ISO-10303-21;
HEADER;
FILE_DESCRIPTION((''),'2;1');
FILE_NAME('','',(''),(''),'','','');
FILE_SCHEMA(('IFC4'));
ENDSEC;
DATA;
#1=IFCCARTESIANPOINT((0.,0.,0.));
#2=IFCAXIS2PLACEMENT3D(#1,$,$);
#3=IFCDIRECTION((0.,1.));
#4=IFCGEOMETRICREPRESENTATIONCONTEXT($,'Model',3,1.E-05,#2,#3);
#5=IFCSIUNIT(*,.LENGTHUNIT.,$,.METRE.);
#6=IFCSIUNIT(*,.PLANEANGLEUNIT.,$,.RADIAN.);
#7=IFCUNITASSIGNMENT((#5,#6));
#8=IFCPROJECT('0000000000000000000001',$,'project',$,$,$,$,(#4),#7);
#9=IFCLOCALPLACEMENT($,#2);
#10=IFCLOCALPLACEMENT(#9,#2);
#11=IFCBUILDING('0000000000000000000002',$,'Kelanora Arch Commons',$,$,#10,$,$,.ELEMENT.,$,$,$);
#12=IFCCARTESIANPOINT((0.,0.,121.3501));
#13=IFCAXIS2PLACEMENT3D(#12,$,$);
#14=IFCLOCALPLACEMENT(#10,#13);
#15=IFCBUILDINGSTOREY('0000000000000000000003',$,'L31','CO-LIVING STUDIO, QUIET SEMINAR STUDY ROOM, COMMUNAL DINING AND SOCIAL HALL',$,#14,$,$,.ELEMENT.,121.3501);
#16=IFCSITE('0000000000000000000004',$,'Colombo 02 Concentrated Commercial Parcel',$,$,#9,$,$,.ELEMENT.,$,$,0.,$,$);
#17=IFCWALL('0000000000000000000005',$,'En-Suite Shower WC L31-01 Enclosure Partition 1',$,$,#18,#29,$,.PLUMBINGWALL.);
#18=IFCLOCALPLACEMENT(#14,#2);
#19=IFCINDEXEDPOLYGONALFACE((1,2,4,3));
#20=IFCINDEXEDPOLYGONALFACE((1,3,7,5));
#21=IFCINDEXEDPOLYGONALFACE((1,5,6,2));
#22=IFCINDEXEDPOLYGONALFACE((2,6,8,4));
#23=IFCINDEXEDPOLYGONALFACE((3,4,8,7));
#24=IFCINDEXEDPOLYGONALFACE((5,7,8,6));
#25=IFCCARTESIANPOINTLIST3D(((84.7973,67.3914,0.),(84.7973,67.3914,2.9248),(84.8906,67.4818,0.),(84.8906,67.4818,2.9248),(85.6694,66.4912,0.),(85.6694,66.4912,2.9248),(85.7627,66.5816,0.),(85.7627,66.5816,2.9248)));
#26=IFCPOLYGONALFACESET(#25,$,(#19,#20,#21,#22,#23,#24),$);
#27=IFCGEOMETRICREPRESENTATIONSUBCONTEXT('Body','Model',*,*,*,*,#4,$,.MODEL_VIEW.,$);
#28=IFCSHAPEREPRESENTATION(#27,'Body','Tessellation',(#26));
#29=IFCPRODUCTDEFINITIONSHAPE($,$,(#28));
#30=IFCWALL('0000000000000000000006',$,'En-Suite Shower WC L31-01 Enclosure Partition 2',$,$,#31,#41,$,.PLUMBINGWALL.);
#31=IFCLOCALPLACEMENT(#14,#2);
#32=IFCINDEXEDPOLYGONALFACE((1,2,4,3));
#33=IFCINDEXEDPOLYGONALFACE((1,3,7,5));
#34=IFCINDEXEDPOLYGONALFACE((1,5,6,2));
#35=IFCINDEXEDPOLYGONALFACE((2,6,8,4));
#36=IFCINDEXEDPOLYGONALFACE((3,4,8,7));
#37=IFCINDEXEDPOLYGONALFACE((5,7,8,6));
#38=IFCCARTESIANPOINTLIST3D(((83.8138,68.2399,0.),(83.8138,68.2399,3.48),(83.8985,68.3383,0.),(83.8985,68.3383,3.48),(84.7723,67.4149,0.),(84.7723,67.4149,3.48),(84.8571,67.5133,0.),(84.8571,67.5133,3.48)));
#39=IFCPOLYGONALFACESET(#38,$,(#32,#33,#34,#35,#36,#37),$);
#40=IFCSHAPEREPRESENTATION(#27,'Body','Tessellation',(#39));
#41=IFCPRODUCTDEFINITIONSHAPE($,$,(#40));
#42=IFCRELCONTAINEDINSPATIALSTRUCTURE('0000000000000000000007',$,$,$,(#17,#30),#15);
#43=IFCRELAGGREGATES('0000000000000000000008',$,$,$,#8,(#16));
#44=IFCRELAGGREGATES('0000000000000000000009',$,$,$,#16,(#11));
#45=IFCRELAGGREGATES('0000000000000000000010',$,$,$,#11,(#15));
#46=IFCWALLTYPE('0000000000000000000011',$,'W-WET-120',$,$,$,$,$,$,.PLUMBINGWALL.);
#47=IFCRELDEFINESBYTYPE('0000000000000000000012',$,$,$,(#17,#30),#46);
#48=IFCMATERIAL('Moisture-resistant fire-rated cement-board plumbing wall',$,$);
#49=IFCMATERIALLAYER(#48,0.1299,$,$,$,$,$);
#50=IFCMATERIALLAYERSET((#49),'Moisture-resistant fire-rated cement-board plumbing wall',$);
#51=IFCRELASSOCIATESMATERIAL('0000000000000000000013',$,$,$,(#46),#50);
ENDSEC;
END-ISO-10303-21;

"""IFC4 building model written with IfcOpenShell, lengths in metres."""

from ifc_helpers import new_model, si_unit, direction, frame, frame_2d, origin, place, context, subcontext, project, spatial, rectangle, extrude, material, layer, layer_set, type_object, element, save


model = new_model("IFC4")

# Units and contexts
model_context = context("Model", 3, precision=1e-05, world=origin(), true_north=direction((0.0, 1.0)))
body_context = subcontext(model_context, "Body", "Model", "MODEL_VIEW")
ifc_project = project(units=[si_unit("LENGTHUNIT", "METRE"), si_unit("PLANEANGLEUNIT", "RADIAN")], contexts=[model_context])

# Site, building, storey
site_placement = place(None, origin())
site = spatial("IfcSite", under=ifc_project, at=site_placement, Name="Colombo 02 Concentrated Commercial Parcel", CompositionType="ELEMENT", RefElevation=0.0)
building_placement = place(site_placement, origin())
building = spatial("IfcBuilding", under=site, at=building_placement, Name="Kelanora Arch Commons", CompositionType="ELEMENT")
storey_placement = place(building_placement, frame((0.0, 0.0, 121.3501)))
storey = spatial("IfcBuildingStorey", under=building, at=storey_placement, Name="L31", Description="CO-LIVING STUDIO, QUIET SEMINAR STUDY ROOM, COMMUNAL DINING AND SOCIAL HALL", CompositionType="ELEMENT", Elevation=121.3501)

# Shared definitions
ifc_material_1 = material(Name="Moisture-resistant fire-rated cement-board plumbing wall")
ifc_layer_1 = layer(ifc_material_1, 0.1299)
ifc_layer_set_1 = layer_set([ifc_layer_1], Name="Moisture-resistant fire-rated cement-board plumbing wall")
wall_type_1 = type_object("IfcWallType", Name="W-WET-120", PredefinedType="PLUMBINGWALL", material=ifc_layer_set_1)

# Walls
wall_1_placement = place(storey_placement, frame((85.7161, 66.5364, 0.0), z_axis=(0.0, 0.0, 1.0), x_axis=(-0.695817, 0.718219, 0.0)))
element("IfcWall", 1, at=wall_1_placement, inside=storey, type_object=wall_type_1, Name="En-Suite Shower WC L31-01 Enclosure Partition 1", PredefinedType="PLUMBINGWALL", context=body_context, shape_type="SweptSolid", body=[
    extrude(rectangle(XDim=1.2534, YDim=0.1299, at=frame_2d((0.6267, 0.0))), origin(), (0.0, 0.0, 1.0), 2.9248),
])
wall_2_placement = place(storey_placement, frame((84.8147, 67.4641, 0.0), z_axis=(0.0, 0.0, 1.0), x_axis=(-0.757933, 0.652332, 0.0)))
element("IfcWall", 2, at=wall_2_placement, inside=storey, type_object=wall_type_1, Name="En-Suite Shower WC L31-01 Enclosure Partition 2", PredefinedType="PLUMBINGWALL", context=body_context, shape_type="SweptSolid", body=[
    extrude(rectangle(XDim=1.2646, YDim=0.1299, at=frame_2d((0.6323, 0.0))), origin(), (0.0, 0.0, 1.0), 3.48),
])

save(model, "model.ifc")
